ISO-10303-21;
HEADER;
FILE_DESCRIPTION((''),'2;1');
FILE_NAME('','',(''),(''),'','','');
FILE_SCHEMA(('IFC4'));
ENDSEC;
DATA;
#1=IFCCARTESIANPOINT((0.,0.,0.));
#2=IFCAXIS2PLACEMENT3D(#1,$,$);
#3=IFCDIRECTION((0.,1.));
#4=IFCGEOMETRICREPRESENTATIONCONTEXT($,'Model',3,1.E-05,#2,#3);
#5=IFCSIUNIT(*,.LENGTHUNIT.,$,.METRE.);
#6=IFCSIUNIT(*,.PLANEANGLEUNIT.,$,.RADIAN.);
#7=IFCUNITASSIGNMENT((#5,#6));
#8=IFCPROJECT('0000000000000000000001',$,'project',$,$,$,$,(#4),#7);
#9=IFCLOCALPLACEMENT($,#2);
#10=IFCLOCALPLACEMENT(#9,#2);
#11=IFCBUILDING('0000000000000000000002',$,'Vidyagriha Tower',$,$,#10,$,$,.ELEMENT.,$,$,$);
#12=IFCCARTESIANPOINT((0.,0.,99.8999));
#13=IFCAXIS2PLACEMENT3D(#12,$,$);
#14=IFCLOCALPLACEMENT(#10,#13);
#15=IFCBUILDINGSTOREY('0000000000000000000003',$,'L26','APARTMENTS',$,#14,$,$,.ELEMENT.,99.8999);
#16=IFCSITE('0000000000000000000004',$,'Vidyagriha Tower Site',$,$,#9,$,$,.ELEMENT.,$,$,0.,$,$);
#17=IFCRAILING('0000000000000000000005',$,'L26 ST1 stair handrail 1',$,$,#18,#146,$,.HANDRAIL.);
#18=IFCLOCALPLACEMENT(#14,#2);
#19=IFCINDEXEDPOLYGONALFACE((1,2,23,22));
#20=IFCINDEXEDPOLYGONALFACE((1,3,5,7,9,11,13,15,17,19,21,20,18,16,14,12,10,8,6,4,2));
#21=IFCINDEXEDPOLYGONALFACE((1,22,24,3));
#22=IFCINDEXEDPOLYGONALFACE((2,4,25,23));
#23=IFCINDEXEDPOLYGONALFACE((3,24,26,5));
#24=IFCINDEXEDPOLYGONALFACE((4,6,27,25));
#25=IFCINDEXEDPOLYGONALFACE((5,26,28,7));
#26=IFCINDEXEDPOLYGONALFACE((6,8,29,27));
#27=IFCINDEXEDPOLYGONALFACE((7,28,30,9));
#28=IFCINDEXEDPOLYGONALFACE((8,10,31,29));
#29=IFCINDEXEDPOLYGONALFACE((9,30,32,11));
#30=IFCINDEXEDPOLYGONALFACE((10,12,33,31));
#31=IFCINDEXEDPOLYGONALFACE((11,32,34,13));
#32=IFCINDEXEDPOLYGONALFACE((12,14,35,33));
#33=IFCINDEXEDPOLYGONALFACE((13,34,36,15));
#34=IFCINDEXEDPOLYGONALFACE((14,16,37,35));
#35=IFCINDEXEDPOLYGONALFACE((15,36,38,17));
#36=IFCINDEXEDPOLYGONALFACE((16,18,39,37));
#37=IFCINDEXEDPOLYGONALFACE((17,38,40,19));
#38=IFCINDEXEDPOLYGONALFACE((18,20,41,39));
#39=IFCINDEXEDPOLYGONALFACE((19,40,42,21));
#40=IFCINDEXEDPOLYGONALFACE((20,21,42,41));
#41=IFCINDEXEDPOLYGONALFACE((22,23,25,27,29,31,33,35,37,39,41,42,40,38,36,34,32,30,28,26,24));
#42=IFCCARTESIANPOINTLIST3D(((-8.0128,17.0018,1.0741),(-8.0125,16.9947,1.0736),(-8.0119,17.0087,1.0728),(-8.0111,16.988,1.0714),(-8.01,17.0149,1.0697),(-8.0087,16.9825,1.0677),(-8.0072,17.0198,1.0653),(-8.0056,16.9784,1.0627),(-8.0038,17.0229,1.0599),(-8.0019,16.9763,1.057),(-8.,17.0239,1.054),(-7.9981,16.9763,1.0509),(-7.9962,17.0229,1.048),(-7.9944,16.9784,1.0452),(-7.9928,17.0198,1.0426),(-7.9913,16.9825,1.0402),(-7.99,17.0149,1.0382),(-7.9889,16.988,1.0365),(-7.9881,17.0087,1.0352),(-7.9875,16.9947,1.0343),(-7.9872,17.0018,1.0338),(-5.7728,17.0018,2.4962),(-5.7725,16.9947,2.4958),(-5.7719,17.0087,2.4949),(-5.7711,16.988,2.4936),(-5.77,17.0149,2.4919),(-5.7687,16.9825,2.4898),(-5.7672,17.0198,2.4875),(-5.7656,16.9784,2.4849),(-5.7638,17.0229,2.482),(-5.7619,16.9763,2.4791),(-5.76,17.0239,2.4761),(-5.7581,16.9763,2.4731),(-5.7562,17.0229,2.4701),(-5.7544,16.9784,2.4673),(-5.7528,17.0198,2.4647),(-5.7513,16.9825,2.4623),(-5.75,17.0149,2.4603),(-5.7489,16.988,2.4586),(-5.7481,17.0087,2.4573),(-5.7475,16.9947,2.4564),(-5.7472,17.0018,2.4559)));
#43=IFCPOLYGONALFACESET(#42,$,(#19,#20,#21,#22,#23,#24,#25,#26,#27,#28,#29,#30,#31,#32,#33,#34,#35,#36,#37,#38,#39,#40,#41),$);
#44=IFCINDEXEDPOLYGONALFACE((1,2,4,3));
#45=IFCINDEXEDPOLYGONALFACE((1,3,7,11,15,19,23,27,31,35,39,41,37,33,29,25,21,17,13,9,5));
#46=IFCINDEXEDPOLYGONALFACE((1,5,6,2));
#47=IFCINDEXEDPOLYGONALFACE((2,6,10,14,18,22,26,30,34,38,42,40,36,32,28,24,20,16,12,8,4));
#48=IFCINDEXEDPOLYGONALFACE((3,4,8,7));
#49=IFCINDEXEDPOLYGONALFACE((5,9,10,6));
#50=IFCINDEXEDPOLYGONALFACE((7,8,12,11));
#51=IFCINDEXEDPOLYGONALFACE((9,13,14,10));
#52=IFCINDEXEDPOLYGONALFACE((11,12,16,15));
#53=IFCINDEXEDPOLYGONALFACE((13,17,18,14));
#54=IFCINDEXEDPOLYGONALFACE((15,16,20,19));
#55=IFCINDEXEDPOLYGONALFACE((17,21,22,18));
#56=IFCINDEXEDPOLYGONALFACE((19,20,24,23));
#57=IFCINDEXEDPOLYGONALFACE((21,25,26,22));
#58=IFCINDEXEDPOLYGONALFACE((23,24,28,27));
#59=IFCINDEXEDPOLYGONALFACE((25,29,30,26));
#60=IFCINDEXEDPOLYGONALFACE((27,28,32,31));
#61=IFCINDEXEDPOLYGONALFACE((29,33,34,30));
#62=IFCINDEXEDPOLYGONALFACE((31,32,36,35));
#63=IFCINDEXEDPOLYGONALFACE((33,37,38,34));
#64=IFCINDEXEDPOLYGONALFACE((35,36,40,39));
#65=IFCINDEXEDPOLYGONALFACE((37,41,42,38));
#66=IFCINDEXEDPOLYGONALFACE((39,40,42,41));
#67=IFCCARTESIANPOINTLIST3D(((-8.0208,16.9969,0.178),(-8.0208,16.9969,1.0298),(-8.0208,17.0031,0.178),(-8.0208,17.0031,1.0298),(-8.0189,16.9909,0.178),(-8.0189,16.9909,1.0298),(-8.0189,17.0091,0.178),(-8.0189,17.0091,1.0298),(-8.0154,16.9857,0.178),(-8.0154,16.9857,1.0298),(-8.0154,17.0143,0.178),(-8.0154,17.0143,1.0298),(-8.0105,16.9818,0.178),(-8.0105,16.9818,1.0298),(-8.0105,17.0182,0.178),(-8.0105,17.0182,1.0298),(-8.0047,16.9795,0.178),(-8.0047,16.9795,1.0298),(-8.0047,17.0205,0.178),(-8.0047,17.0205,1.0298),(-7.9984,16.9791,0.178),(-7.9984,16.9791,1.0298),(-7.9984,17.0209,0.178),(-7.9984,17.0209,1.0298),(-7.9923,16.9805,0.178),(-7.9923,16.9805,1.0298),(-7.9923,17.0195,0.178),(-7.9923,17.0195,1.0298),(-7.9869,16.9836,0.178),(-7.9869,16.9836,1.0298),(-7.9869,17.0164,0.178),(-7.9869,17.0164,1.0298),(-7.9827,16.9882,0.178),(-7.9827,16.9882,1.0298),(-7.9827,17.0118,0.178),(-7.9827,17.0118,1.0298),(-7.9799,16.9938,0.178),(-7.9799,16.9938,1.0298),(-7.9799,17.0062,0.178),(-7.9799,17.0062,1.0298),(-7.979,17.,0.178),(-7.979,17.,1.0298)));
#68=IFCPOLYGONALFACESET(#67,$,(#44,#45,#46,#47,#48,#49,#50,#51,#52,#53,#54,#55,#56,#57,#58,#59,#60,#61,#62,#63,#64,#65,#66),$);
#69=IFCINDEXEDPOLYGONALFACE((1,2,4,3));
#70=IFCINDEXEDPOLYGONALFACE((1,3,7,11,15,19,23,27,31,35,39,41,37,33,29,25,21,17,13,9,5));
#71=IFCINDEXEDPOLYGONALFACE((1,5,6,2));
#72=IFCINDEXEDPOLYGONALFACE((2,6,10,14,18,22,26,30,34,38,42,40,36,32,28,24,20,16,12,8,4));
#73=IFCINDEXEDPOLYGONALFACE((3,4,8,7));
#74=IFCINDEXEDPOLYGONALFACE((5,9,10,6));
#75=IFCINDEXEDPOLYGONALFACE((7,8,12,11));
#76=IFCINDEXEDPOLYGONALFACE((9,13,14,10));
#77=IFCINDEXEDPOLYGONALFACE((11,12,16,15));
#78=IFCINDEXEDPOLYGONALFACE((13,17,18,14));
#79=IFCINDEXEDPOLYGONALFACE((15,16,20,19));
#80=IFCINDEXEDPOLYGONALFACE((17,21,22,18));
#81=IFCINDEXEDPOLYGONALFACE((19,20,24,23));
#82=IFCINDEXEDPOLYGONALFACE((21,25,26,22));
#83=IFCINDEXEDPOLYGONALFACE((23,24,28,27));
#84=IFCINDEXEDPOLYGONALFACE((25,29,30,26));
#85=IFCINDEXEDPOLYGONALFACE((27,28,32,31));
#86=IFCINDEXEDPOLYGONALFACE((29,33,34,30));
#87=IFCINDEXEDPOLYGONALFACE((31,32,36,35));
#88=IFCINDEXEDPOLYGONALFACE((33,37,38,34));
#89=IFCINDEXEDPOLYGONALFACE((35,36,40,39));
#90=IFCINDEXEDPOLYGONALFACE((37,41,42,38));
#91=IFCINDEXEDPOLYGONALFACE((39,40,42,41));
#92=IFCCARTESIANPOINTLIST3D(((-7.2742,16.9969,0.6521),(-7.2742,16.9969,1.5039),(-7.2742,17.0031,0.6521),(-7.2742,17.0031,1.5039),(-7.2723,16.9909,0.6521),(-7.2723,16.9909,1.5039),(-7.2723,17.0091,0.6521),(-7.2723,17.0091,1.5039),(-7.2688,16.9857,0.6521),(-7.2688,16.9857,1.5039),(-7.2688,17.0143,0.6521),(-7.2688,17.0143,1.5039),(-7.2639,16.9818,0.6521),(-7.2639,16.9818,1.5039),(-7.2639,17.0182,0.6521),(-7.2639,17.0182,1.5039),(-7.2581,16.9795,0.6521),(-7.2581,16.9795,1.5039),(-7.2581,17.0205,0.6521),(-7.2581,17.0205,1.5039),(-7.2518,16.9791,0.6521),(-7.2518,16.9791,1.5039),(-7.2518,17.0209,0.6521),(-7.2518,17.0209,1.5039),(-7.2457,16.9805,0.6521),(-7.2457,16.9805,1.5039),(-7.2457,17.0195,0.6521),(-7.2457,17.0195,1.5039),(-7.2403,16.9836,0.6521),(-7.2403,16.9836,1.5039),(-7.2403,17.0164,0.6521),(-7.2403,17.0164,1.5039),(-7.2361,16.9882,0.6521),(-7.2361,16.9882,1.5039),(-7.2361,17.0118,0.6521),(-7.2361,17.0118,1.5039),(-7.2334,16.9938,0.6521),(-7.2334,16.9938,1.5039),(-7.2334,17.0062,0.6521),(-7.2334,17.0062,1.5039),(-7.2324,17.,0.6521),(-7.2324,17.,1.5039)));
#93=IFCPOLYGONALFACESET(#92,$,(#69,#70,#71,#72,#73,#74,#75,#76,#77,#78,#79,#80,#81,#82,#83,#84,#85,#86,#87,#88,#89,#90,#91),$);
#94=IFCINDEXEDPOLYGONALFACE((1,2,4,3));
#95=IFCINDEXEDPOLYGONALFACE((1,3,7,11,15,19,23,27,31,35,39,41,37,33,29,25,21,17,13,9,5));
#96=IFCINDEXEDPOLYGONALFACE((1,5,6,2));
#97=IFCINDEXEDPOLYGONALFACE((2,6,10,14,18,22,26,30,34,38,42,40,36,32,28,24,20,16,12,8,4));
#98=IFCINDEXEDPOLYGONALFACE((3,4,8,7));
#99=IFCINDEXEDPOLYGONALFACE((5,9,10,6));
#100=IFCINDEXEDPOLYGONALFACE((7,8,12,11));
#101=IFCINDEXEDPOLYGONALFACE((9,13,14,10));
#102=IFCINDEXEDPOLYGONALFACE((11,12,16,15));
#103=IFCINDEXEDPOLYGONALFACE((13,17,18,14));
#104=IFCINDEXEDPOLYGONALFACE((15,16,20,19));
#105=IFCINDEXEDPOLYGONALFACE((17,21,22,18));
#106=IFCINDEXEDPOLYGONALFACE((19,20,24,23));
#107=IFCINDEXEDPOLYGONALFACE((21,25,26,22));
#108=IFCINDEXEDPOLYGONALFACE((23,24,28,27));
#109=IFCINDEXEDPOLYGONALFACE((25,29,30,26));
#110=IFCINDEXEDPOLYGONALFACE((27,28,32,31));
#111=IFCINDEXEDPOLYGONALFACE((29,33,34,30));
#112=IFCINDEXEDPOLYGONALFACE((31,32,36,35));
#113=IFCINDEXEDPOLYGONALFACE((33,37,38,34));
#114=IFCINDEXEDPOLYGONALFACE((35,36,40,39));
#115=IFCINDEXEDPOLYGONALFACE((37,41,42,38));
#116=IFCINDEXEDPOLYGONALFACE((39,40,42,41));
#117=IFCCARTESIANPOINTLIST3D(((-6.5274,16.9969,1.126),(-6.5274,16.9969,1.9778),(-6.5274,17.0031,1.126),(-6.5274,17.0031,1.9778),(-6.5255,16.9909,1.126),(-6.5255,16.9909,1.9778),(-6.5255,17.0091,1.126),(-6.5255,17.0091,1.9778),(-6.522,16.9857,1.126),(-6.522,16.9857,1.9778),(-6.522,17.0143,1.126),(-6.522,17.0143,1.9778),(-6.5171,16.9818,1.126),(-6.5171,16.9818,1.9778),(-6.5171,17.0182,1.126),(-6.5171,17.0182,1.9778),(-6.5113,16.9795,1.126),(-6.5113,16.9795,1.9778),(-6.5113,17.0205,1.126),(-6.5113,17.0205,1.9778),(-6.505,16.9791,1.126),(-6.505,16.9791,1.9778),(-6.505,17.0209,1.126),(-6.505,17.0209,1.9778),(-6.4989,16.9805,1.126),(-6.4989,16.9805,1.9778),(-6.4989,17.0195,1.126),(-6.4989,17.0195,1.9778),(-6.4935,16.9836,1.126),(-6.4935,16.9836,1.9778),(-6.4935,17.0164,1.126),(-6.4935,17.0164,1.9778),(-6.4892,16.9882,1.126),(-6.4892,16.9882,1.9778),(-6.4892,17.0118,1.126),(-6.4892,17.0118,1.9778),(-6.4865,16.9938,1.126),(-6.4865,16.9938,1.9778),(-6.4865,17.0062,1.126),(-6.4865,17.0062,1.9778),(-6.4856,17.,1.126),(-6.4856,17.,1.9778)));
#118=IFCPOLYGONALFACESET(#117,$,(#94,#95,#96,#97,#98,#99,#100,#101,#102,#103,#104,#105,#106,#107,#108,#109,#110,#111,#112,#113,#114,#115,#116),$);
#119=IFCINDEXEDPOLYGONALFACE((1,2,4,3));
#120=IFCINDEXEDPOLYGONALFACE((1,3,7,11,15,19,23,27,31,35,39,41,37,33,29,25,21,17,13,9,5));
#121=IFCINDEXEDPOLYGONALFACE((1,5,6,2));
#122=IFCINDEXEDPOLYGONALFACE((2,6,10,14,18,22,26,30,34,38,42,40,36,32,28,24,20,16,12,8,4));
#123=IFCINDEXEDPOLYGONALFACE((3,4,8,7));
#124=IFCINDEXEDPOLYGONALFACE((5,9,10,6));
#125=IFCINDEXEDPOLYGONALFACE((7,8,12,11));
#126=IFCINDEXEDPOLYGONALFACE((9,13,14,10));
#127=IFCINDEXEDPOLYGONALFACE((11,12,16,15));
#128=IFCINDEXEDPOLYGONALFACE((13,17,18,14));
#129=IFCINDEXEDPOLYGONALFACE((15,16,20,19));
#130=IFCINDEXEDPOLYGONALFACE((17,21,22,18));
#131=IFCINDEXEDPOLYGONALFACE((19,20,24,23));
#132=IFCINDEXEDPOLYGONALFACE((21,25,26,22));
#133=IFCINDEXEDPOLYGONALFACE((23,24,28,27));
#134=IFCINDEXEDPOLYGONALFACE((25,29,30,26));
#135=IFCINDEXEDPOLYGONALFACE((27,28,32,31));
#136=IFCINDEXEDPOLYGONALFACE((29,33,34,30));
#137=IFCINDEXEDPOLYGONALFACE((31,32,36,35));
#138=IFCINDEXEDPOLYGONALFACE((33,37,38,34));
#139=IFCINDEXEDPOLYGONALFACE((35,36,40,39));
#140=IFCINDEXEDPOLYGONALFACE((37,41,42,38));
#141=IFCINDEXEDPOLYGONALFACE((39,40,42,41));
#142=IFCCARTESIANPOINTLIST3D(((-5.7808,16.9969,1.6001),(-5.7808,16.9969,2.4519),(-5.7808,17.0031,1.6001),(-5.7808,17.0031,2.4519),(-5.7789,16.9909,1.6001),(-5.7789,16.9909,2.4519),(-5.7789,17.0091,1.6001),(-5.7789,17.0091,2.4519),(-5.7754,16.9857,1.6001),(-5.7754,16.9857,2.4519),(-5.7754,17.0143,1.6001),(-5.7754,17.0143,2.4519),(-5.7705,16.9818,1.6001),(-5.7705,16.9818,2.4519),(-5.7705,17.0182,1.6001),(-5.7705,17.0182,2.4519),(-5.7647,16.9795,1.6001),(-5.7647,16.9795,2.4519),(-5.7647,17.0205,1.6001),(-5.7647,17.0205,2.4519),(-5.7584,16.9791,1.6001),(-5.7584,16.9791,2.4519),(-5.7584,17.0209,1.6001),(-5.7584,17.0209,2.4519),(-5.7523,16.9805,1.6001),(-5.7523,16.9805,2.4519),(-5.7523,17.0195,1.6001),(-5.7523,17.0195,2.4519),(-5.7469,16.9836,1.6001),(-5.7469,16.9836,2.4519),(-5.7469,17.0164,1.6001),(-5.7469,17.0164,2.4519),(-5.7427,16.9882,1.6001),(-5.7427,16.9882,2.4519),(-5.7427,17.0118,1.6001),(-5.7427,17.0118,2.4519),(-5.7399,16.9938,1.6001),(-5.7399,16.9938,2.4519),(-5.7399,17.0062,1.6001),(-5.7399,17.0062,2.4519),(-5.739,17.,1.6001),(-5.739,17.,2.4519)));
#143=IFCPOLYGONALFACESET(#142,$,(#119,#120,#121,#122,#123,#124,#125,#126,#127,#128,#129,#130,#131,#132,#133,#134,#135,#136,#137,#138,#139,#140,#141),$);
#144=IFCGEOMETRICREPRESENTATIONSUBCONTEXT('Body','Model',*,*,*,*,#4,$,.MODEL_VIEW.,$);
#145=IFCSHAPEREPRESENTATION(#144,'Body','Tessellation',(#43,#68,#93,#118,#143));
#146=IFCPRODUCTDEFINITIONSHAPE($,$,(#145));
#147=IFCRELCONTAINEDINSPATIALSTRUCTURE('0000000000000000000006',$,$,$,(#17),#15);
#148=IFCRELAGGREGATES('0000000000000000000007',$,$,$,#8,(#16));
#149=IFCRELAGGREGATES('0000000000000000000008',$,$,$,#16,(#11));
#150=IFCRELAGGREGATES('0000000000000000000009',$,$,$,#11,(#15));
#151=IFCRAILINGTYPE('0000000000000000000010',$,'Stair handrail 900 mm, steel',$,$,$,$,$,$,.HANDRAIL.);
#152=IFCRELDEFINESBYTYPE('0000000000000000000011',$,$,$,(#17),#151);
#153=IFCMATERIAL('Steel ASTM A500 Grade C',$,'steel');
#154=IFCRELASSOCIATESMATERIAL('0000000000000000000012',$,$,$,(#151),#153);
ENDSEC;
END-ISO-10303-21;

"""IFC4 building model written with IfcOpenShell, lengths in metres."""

from ifc_helpers import new_model, si_unit, direction, frame, origin, origin_2d, place, context, subcontext, project, spatial, circle, extrude, material, type_object, element, save


model = new_model("IFC4")

# Units and contexts
model_context = context("Model", 3, precision=1e-05, world=origin(), true_north=direction((0.0, 1.0)))
body_context = subcontext(model_context, "Body", "Model", "MODEL_VIEW")
ifc_project = project(units=[si_unit("LENGTHUNIT", "METRE"), si_unit("PLANEANGLEUNIT", "RADIAN")], contexts=[model_context])

# Site, building, storey
site_placement = place(None, origin())
site = spatial("IfcSite", under=ifc_project, at=site_placement, Name="Vidyagriha Tower Site", CompositionType="ELEMENT", RefElevation=0.0)
building_placement = place(site_placement, origin())
building = spatial("IfcBuilding", under=site, at=building_placement, Name="Vidyagriha Tower", CompositionType="ELEMENT")
storey_placement = place(building_placement, frame((0.0, 0.0, 99.8999)))
storey = spatial("IfcBuildingStorey", under=building, at=storey_placement, Name="L26", Description="APARTMENTS", CompositionType="ELEMENT", Elevation=99.8999)

# Railing
ifc_material_1 = material(Name="Steel ASTM A500 Grade C", Category="steel")
railing_type_1 = type_object("IfcRailingType", Name="Stair handrail 900 mm, steel", PredefinedType="HANDRAIL", material=ifc_material_1)
railing_1_placement = place(storey_placement, frame((-8.0, 17.0, 0.178)))
element("IfcRailing", 1, at=railing_1_placement, inside=storey, type_object=railing_type_1, Name="L26 ST1 stair handrail 1", PredefinedType="HANDRAIL", context=body_context, shape_type="SweptSolid", body=[
    extrude(circle(Radius=0.0239, at=origin_2d()), frame((0.0, 0.0, 0.876), z_axis=(0.844229, 0.0, 0.535982), x_axis=(0.0, 1.0, 0.0)), (0.0, 0.0, 1.0), 2.6533),
    extrude(circle(Radius=0.021, at=origin_2d()), origin(), (0.0, 0.0, 1.0), 0.8518),
    extrude(circle(Radius=0.021, at=origin_2d()), frame((0.7466, 0.0, 0.4741)), (0.0, 0.0, 1.0), 0.8518),
    extrude(circle(Radius=0.021, at=origin_2d()), frame((1.4934, 0.0, 0.948)), (0.0, 0.0, 1.0), 0.8518),
    extrude(circle(Radius=0.021, at=origin_2d()), frame((2.24, 0.0, 1.4221)), (0.0, 0.0, 1.0), 0.8518),
])

save(model, "model.ifc")
